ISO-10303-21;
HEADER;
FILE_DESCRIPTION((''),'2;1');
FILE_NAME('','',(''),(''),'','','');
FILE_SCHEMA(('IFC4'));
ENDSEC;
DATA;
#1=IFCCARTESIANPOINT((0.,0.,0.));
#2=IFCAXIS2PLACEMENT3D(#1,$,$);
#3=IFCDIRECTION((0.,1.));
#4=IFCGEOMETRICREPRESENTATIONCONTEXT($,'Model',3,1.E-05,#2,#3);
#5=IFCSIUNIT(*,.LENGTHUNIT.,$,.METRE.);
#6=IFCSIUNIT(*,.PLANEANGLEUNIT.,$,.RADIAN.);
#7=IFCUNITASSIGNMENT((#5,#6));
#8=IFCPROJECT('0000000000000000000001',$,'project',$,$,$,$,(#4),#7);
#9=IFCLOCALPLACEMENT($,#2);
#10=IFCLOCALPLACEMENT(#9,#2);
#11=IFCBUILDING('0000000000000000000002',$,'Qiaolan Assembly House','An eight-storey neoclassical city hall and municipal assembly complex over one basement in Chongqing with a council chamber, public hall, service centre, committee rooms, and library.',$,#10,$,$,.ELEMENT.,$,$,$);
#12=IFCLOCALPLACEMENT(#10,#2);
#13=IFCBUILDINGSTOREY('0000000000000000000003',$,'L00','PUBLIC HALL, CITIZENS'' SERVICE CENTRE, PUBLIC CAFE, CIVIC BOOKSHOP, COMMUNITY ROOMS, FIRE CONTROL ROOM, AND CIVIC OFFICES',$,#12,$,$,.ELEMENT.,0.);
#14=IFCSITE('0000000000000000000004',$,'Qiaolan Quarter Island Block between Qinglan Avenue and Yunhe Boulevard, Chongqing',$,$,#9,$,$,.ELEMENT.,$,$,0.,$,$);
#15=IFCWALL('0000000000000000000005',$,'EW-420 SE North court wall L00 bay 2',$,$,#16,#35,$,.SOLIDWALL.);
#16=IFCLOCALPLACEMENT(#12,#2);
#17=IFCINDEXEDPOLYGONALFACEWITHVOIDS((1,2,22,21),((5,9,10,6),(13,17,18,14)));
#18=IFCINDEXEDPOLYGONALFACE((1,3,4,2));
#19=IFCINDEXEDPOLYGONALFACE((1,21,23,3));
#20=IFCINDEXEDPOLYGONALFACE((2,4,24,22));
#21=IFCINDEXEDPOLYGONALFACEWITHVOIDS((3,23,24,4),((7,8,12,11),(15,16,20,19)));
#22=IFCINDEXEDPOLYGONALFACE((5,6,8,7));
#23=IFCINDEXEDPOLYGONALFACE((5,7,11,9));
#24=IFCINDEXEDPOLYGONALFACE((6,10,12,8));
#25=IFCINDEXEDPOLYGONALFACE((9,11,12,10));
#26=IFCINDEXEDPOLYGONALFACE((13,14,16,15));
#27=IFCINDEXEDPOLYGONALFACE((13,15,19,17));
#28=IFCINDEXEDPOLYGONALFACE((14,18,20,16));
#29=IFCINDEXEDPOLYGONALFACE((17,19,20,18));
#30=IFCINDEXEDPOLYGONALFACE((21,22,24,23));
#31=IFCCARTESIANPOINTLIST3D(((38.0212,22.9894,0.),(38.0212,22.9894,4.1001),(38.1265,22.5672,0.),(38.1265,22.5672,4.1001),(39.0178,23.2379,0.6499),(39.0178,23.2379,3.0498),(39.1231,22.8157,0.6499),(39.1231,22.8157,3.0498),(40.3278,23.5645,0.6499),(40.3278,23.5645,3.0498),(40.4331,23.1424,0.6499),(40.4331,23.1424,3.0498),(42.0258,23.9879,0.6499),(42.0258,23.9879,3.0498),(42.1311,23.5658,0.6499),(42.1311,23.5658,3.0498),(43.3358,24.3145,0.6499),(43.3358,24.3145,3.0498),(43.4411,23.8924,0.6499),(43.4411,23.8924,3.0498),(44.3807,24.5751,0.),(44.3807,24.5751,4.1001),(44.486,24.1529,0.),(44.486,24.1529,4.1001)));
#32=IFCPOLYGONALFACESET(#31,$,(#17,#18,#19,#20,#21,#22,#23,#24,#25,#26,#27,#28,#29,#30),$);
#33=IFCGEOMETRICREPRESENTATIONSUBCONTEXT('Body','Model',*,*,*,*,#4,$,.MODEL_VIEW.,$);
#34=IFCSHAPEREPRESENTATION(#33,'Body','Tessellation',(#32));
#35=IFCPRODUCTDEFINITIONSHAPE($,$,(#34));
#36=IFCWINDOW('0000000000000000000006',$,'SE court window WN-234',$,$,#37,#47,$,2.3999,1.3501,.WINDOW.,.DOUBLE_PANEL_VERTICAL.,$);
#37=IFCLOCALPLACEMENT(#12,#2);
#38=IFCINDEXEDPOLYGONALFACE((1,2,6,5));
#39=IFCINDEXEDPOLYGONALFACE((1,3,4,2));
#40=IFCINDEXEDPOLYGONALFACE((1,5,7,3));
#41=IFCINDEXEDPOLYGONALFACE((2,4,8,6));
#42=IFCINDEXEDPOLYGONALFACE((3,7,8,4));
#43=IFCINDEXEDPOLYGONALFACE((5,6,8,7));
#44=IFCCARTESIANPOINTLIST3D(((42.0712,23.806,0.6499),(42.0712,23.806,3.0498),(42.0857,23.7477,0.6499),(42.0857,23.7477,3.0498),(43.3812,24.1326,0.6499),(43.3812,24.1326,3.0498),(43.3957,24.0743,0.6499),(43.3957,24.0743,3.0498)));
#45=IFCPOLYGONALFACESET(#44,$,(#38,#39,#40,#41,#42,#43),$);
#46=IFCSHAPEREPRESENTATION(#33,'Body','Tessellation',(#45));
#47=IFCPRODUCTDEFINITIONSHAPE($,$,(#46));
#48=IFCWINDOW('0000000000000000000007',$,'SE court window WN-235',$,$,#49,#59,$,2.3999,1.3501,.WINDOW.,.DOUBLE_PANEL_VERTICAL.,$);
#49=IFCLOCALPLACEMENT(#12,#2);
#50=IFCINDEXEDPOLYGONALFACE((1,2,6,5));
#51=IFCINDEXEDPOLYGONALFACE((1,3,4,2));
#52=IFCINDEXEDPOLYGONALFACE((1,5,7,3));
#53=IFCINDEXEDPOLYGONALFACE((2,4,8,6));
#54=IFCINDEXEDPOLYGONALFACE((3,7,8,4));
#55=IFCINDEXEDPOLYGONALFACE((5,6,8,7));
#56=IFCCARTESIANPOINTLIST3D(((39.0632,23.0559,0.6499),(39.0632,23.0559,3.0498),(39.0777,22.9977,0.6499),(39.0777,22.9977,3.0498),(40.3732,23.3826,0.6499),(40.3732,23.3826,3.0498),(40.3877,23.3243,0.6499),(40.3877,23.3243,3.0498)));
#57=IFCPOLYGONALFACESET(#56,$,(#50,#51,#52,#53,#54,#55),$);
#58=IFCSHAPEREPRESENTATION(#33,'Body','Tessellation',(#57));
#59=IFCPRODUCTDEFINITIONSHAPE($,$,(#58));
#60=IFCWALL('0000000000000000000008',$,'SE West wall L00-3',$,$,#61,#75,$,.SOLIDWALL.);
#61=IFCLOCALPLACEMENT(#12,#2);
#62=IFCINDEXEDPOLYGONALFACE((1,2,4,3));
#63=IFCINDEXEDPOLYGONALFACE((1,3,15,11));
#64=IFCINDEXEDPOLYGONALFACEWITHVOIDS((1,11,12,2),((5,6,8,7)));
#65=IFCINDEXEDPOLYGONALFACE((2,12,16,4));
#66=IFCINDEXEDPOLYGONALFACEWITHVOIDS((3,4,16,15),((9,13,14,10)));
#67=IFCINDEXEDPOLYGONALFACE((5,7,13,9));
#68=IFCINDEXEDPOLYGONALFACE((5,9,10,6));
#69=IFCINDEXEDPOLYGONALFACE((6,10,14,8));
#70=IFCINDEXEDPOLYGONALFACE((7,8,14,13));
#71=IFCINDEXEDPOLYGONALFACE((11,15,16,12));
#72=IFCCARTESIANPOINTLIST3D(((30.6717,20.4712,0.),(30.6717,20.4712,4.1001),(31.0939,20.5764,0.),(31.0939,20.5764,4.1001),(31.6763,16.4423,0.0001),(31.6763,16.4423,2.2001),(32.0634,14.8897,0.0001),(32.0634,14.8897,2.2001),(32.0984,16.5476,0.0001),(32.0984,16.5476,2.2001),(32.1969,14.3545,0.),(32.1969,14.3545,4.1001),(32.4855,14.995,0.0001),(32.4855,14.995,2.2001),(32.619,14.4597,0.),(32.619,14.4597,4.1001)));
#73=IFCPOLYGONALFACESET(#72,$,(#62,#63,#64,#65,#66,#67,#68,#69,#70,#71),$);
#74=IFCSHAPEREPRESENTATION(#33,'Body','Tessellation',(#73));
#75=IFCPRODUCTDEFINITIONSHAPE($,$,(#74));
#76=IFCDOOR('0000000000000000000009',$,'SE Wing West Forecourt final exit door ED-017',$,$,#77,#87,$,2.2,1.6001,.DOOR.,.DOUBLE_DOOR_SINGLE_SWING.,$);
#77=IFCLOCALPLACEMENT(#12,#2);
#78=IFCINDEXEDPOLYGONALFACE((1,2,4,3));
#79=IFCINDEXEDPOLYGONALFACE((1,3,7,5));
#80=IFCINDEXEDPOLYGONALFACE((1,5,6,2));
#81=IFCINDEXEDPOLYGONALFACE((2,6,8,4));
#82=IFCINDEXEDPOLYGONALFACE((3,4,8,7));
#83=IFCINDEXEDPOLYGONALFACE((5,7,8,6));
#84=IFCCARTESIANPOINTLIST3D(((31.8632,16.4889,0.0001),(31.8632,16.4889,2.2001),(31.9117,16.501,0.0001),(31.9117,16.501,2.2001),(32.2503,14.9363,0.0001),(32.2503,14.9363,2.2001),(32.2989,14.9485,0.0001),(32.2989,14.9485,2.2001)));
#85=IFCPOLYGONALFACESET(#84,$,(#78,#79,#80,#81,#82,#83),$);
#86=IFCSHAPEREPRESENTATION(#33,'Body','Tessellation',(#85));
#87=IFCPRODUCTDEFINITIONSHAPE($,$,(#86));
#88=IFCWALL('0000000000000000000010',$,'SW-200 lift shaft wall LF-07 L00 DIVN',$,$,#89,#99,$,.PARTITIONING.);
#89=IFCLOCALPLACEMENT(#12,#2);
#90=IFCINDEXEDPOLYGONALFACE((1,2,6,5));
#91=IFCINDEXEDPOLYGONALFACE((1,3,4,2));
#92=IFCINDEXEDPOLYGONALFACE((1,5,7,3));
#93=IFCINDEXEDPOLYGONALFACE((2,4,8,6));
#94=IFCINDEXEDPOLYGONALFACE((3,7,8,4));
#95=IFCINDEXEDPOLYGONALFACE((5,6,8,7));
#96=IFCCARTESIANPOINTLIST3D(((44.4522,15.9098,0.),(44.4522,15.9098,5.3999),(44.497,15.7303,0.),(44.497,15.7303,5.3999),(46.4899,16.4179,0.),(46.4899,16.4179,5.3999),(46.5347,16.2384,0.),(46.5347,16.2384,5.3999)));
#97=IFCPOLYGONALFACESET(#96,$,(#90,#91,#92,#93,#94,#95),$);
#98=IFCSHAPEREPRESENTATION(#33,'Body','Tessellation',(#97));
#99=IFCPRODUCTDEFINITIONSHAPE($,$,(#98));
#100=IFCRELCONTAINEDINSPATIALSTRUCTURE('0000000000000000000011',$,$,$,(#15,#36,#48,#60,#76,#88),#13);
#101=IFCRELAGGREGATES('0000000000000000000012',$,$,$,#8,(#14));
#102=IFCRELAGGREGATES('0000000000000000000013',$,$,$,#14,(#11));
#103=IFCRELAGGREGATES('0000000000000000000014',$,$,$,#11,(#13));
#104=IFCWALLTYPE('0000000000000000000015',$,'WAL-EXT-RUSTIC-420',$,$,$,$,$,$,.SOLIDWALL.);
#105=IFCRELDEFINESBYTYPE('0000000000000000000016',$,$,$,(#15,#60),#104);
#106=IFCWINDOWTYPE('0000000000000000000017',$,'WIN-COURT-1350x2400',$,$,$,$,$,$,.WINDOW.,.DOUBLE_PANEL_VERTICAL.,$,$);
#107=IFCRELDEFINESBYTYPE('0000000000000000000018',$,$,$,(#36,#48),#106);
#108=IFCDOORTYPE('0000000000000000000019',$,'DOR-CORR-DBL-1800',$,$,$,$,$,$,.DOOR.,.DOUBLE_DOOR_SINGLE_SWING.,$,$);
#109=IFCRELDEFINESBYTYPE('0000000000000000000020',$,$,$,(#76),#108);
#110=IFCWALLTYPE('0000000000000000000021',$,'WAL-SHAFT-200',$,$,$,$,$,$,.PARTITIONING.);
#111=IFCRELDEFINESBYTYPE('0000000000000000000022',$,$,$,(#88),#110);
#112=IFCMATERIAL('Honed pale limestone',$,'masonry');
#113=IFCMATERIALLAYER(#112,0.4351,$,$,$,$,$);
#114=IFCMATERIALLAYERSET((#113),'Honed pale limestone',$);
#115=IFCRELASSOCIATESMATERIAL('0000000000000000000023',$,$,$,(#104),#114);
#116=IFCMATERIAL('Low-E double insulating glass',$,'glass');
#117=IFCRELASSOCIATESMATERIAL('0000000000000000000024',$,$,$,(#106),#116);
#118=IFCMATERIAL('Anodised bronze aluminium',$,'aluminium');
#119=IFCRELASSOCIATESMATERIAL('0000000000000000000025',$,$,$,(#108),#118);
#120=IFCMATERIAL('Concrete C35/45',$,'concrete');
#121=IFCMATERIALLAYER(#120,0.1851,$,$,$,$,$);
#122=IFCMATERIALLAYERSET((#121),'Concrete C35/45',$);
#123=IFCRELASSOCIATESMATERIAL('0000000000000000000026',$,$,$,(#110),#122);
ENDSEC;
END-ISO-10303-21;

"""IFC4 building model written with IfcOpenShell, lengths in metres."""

from ifc_helpers import new_model, si_unit, direction, frame, frame_2d, origin, place, context, subcontext, project, spatial, rectangle, extrude, material, layer, layer_set, type_object, element, fill, save


model = new_model("IFC4")

# Units and contexts
model_context = context("Model", 3, precision=1e-05, world=origin(), true_north=direction((0.0, 1.0)))
body_context = subcontext(model_context, "Body", "Model", "MODEL_VIEW")
ifc_project = project(units=[si_unit("LENGTHUNIT", "METRE"), si_unit("PLANEANGLEUNIT", "RADIAN")], contexts=[model_context])

# Site, building, storey
site_placement = place(None, origin())
site = spatial("IfcSite", under=ifc_project, at=site_placement, Name="Qiaolan Quarter Island Block between Qinglan Avenue and Yunhe Boulevard, Chongqing", CompositionType="ELEMENT", RefElevation=0.0)
building_placement = place(site_placement, origin())
building = spatial("IfcBuilding", under=site, at=building_placement, Name="Qiaolan Assembly House", Description="An eight-storey neoclassical city hall and municipal assembly complex over one basement in Chongqing with a council chamber, public hall, service centre, committee rooms, and library.", CompositionType="ELEMENT")
storey_placement = place(building_placement, origin())
storey = spatial("IfcBuildingStorey", under=building, at=storey_placement, Name="L00", Description="PUBLIC HALL, CITIZENS' SERVICE CENTRE, PUBLIC CAFE, CIVIC BOOKSHOP, COMMUNITY ROOMS, FIRE CONTROL ROOM, AND CIVIC OFFICES", CompositionType="ELEMENT", Elevation=0.0)

# Shared definitions
ifc_material_1 = material(Name="Anodised bronze aluminium", Category="aluminium")

# Shared definitions
ifc_material_2 = material(Name="Low-E double insulating glass", Category="glass")

# Wall, openings, windows
ifc_material_3 = material(Name="Honed pale limestone", Category="masonry")
ifc_layer_1 = layer(ifc_material_3, 0.4351)
ifc_layer_set_1 = layer_set([ifc_layer_1], Name="Honed pale limestone")
wall_type_1 = type_object("IfcWallType", Name="WAL-EXT-RUSTIC-420", PredefinedType="SOLIDWALL", material=ifc_layer_set_1)
window_type = type_object("IfcWindowType", Name="WIN-COURT-1350x2400", PartitioningType="DOUBLE_PANEL_VERTICAL", PredefinedType="WINDOW", material=ifc_material_2)
wall_1_placement = place(storey_placement, frame((44.4333, 24.364, 0.0), z_axis=(0.0, 0.0, 1.0), x_axis=(-0.970291, -0.24194, 0.0)))
wall_1 = element("IfcWall", 1, at=wall_1_placement, inside=storey, type_object=wall_type_1, Name="EW-420 SE North court wall L00 bay 2", PredefinedType="SOLIDWALL", context=body_context, shape_type="SweptSolid", body=[
    extrude(rectangle(XDim=6.5542, YDim=0.4351, at=frame_2d((3.2771, 0.0))), origin(), (0.0, 0.0, 1.0), 4.1001),
])
opening_1_placement = place(wall_1_placement, frame((1.0769, 0.0, 0.6499)))
opening_1 = element("IfcOpeningElement", 2, at=opening_1_placement, cuts=wall_1, PredefinedType="OPENING", context=body_context, shape_type="SweptSolid", body=[
    extrude(rectangle(XDim=1.3501, YDim=2.3999, at=frame_2d((0.675, 1.2))), frame((0.0, 0.2275, 0.0), z_axis=(0.0, -1.0, 0.0), x_axis=(1.0, 0.0, 0.0)), (0.0, 0.0, 1.0), 0.4551),
])
opening_2_placement = place(wall_1_placement, frame((4.177, 0.0, 0.6499)))
opening_2 = element("IfcOpeningElement", 3, at=opening_2_placement, cuts=wall_1, PredefinedType="OPENING", context=body_context, shape_type="SweptSolid", body=[
    extrude(rectangle(XDim=1.3501, YDim=2.3999, at=frame_2d((0.675, 1.2))), frame((0.0, 0.2275, 0.0), z_axis=(0.0, -1.0, 0.0), x_axis=(1.0, 0.0, 0.0)), (0.0, 0.0, 1.0), 0.4551),
])
window_1_placement = place(opening_1_placement, origin())
window_1 = element("IfcWindow", 4, at=window_1_placement, inside=storey, type_object=window_type, Name="SE court window WN-234", OverallHeight=2.3999, OverallWidth=1.3501, PartitioningType="DOUBLE_PANEL_VERTICAL", PredefinedType="WINDOW", context=body_context, shape_type="SweptSolid", body=[
    extrude(rectangle(XDim=1.3501, YDim=2.3999, at=frame_2d((0.675, 1.2))), frame((0.0, 0.03, 0.0), z_axis=(0.0, -1.0, 0.0), x_axis=(1.0, 0.0, 0.0)), (0.0, 0.0, 1.0), 0.0601),
])
fill(opening_1, window_1)
window_2_placement = place(opening_2_placement, origin())
window_2 = element("IfcWindow", 5, at=window_2_placement, inside=storey, type_object=window_type, Name="SE court window WN-235", OverallHeight=2.3999, OverallWidth=1.3501, PartitioningType="DOUBLE_PANEL_VERTICAL", PredefinedType="WINDOW", context=body_context, shape_type="SweptSolid", body=[
    extrude(rectangle(XDim=1.3501, YDim=2.3999, at=frame_2d((0.675, 1.2))), frame((0.0, 0.03, 0.0), z_axis=(0.0, -1.0, 0.0), x_axis=(1.0, 0.0, 0.0)), (0.0, 0.0, 1.0), 0.0601),
])
fill(opening_2, window_2)

# Wall, opening, door
wall_2_placement = place(storey_placement, frame((30.8828, 20.5237, 0.0), z_axis=(0.0, 0.0, 1.0), x_axis=(0.241934, -0.970293, 0.0)))
wall_2 = element("IfcWall", 6, at=wall_2_placement, inside=storey, type_object=wall_type_1, Name="SE West wall L00-3", PredefinedType="SOLIDWALL", context=body_context, shape_type="SweptSolid", body=[
    extrude(rectangle(XDim=6.304, YDim=0.4351, at=frame_2d((3.1519, 0.0))), origin(), (0.0, 0.0, 1.0), 4.1001),
])
opening_3_placement = place(wall_2_placement, frame((4.1521, 0.0, 0.0)))
opening_3 = element("IfcOpeningElement", 7, at=opening_3_placement, cuts=wall_2, PredefinedType="OPENING", context=body_context, shape_type="SweptSolid", body=[
    extrude(rectangle(XDim=1.6001, YDim=2.2, at=frame_2d((0.8, 1.1001))), frame((0.0, 0.2275, 0.0), z_axis=(0.0, -1.0, 0.0), x_axis=(1.0, 0.0, 0.0)), (0.0, 0.0, 1.0), 0.4551),
])
door_type_1 = type_object("IfcDoorType", Name="DOR-CORR-DBL-1800", OperationType="DOUBLE_DOOR_SINGLE_SWING", PredefinedType="DOOR", material=ifc_material_1)
door_1_placement = place(opening_3_placement, frame((1.6001, 0.0, 0.0), z_axis=(0.0, 0.0, 1.0), x_axis=(-1.0, 0.0, 0.0)))
door_1 = element("IfcDoor", 8, at=door_1_placement, inside=storey, type_object=door_type_1, Name="SE Wing West Forecourt final exit door ED-017", OperationType="DOUBLE_DOOR_SINGLE_SWING", OverallHeight=2.2, OverallWidth=1.6001, PredefinedType="DOOR", context=body_context, shape_type="SweptSolid", body=[
    extrude(rectangle(XDim=1.6001, YDim=2.2, at=frame_2d((0.8, 1.1001))), frame((0.0, 0.0249, 0.0), z_axis=(0.0, -1.0, 0.0), x_axis=(1.0, 0.0, 0.0)), (0.0, 0.0, 1.0), 0.05),
])
fill(opening_3, door_1)

# Wall
ifc_material_4 = material(Name="Concrete C35/45", Category="concrete")
ifc_layer_2 = layer(ifc_material_4, 0.1851)
ifc_layer_set_2 = layer_set([ifc_layer_2], Name="Concrete C35/45")
wall_type_2 = type_object("IfcWallType", Name="WAL-SHAFT-200", PredefinedType="PARTITIONING", material=ifc_layer_set_2)
wall_3_placement = place(storey_placement, frame((44.4746, 15.8201, 0.0), z_axis=(0.0, 0.0, 1.0), x_axis=(0.970293, 0.241934, 0.0)))
element("IfcWall", 9, at=wall_3_placement, inside=storey, type_object=wall_type_2, Name="SW-200 lift shaft wall LF-07 L00 DIVN", PredefinedType="PARTITIONING", context=body_context, shape_type="SweptSolid", body=[
    extrude(rectangle(XDim=2.1001, YDim=0.1851, at=frame_2d((1.05, 0.0))), origin(), (0.0, 0.0, 1.0), 5.3999),
])

save(model, "model.ifc")
